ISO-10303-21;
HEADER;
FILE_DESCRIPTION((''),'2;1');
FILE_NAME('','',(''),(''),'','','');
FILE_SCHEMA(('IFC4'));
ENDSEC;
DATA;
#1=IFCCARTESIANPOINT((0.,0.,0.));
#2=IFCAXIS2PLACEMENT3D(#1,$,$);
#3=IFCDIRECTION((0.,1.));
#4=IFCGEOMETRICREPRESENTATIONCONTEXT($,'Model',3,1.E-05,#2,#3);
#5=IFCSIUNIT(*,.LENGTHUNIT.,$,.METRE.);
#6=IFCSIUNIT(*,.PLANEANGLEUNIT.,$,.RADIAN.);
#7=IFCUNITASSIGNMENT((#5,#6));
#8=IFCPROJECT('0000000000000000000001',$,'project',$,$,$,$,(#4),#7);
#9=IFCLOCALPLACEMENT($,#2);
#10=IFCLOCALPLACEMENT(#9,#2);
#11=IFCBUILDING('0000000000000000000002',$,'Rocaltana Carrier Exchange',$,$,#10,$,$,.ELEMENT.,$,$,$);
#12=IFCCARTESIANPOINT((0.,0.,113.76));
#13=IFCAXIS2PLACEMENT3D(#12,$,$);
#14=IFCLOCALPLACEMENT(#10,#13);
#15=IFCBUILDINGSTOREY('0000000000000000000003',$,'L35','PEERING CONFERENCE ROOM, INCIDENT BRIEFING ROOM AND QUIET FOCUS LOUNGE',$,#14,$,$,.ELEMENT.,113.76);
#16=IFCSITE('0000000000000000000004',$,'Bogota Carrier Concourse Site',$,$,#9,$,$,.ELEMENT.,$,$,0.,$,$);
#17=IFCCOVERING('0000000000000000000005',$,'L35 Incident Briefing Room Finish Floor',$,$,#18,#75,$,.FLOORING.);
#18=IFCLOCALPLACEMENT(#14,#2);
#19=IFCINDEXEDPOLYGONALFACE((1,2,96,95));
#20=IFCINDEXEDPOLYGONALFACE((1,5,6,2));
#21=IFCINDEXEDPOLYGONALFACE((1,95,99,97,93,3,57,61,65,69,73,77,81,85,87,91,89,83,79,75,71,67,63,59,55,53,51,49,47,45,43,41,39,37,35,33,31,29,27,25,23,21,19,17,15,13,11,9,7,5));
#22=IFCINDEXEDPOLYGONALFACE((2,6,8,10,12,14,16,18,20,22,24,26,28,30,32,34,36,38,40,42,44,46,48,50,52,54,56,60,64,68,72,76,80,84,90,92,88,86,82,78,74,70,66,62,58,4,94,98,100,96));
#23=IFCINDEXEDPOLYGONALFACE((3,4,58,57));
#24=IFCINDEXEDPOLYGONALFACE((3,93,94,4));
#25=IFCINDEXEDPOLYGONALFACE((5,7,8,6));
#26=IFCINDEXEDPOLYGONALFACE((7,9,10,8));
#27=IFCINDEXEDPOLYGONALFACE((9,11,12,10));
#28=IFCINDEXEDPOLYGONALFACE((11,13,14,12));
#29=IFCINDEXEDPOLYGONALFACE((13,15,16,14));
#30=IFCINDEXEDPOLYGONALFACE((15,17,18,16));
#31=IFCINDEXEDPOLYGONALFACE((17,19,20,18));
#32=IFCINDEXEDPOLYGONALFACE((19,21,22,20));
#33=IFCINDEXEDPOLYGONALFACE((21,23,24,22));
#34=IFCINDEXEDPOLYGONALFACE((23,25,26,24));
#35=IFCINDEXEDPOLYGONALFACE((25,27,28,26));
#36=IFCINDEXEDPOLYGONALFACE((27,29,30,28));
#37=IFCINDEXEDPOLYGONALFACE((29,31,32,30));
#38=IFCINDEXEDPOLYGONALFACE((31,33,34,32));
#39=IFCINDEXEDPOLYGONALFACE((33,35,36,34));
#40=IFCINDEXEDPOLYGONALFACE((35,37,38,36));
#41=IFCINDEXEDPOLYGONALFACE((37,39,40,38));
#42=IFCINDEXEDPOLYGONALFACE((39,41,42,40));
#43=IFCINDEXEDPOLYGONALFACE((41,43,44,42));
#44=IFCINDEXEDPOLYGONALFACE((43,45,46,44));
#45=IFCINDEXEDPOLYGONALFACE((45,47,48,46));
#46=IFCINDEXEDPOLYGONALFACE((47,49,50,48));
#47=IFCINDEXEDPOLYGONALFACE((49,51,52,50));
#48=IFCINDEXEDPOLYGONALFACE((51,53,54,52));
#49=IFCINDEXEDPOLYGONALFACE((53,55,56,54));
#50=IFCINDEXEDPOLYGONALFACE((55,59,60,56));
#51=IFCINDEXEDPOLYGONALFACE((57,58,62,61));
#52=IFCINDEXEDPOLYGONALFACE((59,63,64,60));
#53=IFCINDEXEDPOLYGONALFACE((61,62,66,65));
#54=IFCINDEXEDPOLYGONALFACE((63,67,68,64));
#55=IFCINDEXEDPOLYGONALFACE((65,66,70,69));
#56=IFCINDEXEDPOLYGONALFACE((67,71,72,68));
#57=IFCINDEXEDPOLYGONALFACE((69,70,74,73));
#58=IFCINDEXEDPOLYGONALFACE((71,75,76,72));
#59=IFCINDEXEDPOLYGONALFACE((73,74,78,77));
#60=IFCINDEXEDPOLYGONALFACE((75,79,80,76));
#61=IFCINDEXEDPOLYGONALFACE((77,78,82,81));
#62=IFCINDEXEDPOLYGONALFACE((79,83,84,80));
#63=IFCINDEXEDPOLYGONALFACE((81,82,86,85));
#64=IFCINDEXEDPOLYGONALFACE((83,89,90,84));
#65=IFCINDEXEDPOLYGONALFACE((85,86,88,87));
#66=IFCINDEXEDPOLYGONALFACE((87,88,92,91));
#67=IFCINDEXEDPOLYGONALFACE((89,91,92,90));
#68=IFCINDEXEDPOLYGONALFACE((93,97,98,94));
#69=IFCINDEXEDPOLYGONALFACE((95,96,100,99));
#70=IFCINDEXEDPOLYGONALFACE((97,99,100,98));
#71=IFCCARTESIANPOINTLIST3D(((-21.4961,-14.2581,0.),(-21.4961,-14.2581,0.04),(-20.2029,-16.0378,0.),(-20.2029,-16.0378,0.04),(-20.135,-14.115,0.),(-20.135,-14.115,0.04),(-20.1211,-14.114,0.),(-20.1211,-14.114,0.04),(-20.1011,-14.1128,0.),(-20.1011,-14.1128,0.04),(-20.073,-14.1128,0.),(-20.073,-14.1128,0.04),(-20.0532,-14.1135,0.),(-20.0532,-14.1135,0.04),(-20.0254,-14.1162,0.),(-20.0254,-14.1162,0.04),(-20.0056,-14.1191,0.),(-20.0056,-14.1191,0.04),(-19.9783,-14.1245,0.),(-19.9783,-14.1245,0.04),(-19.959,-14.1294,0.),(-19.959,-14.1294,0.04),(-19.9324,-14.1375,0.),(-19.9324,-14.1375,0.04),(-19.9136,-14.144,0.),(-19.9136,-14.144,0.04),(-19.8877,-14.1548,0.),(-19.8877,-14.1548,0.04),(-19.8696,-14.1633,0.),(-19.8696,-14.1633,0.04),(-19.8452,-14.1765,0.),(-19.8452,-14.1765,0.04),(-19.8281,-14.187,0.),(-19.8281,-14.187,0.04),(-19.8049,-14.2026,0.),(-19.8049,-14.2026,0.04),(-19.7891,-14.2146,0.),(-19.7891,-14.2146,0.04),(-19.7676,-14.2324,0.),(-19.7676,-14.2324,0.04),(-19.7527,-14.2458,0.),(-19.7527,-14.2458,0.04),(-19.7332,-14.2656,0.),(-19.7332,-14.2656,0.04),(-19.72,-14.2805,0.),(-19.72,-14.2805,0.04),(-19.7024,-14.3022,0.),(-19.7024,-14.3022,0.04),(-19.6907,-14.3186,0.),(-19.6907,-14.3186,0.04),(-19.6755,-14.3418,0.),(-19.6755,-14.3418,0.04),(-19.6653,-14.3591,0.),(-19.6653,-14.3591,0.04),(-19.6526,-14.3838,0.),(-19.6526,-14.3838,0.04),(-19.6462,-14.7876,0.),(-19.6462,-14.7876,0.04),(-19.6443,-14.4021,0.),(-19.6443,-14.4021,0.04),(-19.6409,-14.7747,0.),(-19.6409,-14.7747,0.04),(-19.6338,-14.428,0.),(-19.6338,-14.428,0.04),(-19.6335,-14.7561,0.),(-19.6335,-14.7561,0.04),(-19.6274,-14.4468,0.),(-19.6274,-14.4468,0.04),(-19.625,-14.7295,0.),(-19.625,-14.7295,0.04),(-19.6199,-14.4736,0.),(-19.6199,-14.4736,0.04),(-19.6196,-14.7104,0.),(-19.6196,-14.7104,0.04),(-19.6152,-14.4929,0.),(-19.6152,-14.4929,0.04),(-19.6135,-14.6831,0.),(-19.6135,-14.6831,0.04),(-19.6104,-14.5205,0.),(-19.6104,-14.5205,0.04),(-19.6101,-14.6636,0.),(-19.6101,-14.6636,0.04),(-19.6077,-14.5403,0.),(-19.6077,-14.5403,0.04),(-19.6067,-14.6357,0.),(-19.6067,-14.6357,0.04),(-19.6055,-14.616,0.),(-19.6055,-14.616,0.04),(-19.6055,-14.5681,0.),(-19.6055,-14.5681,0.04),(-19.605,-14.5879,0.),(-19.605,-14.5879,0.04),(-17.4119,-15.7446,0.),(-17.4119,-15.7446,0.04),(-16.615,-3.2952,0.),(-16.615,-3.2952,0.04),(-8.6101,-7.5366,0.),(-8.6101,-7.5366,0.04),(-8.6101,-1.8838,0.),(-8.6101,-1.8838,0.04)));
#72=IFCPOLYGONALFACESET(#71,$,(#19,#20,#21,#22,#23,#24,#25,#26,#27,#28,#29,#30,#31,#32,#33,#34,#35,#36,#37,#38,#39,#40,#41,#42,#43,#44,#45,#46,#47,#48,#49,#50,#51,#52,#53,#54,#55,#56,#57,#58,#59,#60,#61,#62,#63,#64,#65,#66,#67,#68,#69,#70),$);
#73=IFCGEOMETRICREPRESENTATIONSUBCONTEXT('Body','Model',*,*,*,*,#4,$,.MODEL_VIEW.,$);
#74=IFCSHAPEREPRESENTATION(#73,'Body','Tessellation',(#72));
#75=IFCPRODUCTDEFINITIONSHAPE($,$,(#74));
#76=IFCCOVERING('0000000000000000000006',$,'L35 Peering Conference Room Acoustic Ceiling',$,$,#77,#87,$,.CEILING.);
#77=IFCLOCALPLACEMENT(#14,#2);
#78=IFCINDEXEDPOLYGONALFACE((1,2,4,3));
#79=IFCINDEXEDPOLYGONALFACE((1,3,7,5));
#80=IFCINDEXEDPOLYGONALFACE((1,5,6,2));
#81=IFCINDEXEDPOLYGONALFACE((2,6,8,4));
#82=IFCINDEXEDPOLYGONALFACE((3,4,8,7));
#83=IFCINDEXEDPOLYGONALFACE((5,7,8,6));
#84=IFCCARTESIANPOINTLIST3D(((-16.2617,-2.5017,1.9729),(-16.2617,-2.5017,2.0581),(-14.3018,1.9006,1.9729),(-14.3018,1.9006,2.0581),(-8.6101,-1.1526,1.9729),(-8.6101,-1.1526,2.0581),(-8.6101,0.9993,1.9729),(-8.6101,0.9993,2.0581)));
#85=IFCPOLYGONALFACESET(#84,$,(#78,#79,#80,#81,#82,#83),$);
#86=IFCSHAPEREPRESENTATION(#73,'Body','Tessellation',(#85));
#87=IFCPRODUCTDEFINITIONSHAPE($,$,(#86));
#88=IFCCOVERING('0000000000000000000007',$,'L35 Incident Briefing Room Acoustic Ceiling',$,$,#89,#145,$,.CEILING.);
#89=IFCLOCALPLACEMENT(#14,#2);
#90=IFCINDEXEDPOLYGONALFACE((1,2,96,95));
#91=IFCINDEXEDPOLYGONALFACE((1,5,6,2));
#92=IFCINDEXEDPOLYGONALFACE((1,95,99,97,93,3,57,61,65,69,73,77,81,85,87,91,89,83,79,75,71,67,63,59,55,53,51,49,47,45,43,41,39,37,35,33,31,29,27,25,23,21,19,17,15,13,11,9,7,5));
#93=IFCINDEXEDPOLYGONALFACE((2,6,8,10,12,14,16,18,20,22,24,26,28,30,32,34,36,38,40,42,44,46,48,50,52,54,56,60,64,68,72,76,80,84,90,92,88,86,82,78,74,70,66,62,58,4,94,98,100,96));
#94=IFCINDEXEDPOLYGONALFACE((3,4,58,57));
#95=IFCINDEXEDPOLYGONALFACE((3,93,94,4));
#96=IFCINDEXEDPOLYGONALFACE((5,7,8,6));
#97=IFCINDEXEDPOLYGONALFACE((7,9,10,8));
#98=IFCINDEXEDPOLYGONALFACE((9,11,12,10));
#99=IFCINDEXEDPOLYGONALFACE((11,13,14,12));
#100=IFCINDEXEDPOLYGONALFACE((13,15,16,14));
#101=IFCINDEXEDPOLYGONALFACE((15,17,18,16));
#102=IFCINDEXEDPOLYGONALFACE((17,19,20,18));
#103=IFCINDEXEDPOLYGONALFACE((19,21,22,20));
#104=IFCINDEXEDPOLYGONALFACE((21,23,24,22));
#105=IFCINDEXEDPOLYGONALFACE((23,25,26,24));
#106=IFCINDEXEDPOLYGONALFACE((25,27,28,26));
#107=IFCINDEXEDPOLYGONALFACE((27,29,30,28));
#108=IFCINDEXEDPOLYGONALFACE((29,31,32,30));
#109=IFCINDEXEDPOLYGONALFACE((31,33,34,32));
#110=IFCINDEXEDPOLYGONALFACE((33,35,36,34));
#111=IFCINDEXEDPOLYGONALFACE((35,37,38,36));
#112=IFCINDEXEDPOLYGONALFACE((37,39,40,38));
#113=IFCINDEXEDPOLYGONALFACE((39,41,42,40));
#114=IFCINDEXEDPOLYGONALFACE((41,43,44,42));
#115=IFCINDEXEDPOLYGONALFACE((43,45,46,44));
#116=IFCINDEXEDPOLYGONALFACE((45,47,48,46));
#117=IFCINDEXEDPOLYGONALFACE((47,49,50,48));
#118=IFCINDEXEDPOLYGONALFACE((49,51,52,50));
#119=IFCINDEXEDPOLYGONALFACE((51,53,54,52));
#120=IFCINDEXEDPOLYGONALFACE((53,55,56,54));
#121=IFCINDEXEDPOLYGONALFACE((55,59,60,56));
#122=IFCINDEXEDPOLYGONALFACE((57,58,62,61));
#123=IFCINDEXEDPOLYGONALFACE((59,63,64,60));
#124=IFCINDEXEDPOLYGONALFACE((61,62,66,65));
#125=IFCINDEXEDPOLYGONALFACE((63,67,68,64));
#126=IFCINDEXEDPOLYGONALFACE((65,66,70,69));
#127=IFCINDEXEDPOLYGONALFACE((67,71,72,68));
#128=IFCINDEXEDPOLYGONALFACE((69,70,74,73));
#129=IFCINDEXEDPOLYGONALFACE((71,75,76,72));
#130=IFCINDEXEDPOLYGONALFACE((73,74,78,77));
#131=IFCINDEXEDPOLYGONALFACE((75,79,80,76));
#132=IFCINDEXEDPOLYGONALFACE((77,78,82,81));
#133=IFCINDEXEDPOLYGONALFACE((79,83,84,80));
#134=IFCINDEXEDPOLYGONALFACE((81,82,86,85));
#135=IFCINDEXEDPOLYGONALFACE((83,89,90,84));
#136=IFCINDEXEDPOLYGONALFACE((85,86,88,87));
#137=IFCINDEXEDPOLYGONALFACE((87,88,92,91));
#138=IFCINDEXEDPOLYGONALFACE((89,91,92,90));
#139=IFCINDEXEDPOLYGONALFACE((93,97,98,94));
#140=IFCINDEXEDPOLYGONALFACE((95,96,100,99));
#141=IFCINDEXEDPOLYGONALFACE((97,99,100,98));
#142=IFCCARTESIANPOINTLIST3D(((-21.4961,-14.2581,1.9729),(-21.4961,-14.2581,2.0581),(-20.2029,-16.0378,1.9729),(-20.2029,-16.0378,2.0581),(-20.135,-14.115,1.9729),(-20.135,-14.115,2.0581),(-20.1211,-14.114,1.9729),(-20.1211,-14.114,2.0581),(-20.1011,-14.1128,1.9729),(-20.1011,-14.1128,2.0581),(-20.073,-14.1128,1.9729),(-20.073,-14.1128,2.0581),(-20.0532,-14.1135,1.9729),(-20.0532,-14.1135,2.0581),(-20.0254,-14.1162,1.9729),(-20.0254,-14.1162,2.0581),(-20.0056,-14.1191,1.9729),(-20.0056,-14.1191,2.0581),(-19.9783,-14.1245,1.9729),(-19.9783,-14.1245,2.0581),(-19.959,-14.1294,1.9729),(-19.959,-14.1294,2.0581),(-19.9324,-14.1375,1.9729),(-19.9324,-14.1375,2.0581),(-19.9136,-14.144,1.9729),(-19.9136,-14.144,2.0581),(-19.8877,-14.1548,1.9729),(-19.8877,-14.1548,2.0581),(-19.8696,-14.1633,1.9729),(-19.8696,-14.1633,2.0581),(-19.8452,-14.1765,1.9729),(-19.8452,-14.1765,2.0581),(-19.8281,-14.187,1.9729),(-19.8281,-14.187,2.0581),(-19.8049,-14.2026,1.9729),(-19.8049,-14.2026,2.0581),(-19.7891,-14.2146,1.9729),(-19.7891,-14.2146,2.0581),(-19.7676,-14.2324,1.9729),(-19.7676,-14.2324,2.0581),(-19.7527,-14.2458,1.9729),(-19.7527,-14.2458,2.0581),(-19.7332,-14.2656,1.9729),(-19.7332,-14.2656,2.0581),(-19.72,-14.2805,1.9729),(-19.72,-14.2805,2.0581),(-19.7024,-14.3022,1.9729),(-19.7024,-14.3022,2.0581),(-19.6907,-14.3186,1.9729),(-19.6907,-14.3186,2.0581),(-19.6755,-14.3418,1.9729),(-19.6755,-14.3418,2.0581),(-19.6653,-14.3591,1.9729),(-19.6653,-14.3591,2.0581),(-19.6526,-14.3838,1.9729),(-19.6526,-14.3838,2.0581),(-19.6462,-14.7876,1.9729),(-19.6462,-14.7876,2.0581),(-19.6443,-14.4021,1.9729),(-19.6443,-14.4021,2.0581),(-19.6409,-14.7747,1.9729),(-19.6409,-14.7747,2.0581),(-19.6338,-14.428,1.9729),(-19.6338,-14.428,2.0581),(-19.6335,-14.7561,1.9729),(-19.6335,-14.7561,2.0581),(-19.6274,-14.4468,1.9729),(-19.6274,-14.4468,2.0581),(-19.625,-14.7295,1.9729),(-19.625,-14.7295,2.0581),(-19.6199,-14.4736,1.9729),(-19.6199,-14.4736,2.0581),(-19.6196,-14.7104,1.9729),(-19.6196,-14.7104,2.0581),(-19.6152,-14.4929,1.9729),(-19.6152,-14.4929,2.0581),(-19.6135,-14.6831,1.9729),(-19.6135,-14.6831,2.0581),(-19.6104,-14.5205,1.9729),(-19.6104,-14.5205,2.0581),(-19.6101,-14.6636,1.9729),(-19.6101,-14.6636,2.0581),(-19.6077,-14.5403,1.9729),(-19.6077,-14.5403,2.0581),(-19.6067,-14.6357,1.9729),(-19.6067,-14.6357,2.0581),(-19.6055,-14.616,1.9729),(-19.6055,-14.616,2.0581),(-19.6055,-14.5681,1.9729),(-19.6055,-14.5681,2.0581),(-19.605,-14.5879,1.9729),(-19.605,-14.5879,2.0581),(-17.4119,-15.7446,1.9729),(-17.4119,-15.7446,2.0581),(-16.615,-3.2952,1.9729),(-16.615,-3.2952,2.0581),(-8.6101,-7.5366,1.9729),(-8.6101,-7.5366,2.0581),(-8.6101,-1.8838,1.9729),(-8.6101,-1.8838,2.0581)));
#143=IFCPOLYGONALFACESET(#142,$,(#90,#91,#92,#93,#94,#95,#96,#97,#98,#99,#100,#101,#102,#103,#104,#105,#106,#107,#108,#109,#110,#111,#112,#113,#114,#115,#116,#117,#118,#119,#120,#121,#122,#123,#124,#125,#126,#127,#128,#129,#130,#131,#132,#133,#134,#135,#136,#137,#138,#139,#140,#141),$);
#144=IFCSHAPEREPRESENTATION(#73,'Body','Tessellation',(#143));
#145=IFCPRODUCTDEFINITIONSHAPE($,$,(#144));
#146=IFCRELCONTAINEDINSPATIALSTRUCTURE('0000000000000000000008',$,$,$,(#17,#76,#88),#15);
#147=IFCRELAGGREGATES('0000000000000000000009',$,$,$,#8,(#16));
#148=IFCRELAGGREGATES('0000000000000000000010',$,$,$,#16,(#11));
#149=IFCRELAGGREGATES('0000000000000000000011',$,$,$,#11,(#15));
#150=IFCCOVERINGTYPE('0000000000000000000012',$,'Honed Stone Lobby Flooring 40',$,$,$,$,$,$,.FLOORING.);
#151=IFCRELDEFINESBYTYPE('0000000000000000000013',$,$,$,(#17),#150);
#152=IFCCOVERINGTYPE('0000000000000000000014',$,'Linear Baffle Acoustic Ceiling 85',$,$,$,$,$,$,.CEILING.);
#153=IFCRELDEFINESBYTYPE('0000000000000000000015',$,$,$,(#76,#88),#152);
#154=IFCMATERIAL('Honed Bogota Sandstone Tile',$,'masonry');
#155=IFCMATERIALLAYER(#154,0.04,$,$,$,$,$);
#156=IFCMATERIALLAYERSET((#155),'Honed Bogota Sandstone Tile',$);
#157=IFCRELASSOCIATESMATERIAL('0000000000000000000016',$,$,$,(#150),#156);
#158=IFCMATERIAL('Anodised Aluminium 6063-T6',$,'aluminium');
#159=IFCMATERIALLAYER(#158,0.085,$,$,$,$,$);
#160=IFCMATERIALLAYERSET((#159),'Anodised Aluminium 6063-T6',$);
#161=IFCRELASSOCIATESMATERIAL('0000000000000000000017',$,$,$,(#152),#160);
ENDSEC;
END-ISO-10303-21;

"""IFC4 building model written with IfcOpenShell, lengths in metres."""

from ifc_helpers import new_model, si_unit, direction, frame, origin, place, context, subcontext, project, spatial, polyline, outline, extrude, material, layer, layer_set, type_object, element, save


model = new_model("IFC4")

# Units and contexts
model_context = context("Model", 3, precision=1e-05, world=origin(), true_north=direction((0.0, 1.0)))
body_context = subcontext(model_context, "Body", "Model", "MODEL_VIEW")
ifc_project = project(units=[si_unit("LENGTHUNIT", "METRE"), si_unit("PLANEANGLEUNIT", "RADIAN")], contexts=[model_context])

# Site, building, storey
site_placement = place(None, origin())
site = spatial("IfcSite", under=ifc_project, at=site_placement, Name="Bogota Carrier Concourse Site", CompositionType="ELEMENT", RefElevation=0.0)
building_placement = place(site_placement, origin())
building = spatial("IfcBuilding", under=site, at=building_placement, Name="Rocaltana Carrier Exchange", CompositionType="ELEMENT")
storey_placement = place(building_placement, frame((0.0, 0.0, 113.76)))
storey = spatial("IfcBuildingStorey", under=building, at=storey_placement, Name="L35", Description="PEERING CONFERENCE ROOM, INCIDENT BRIEFING ROOM AND QUIET FOCUS LOUNGE", CompositionType="ELEMENT", Elevation=113.76)

# Coverings
ifc_material_1 = material(Name="Honed Bogota Sandstone Tile", Category="masonry")
ifc_layer_1 = layer(ifc_material_1, 0.04)
ifc_layer_set_1 = layer_set([ifc_layer_1], Name="Honed Bogota Sandstone Tile")
covering_type_1 = type_object("IfcCoveringType", Name="Honed Stone Lobby Flooring 40", PredefinedType="FLOORING", material=ifc_layer_set_1)
covering_1_placement = place(storey_placement, origin())
element("IfcCovering", 1, at=covering_1_placement, inside=storey, type_object=covering_type_1, Name="L35 Incident Briefing Room Finish Floor", PredefinedType="FLOORING", context=body_context, shape_type="SweptSolid", body=[
    extrude(outline(polyline([(-19.6462, -14.7876), (-19.6409, -14.7747), (-19.6335, -14.7561), (-19.625, -14.7295), (-19.6196, -14.7104), (-19.6135, -14.6831), (-19.6101, -14.6636), (-19.6067, -14.6357), (-19.6055, -14.616), (-19.605, -14.5879), (-19.6055, -14.5681), (-19.6077, -14.5403), (-19.6104, -14.5205), (-19.6152, -14.4929), (-19.6199, -14.4736), (-19.6274, -14.4468), (-19.6338, -14.428), (-19.6443, -14.4021), (-19.6526, -14.3838), (-19.6653, -14.3591), (-19.6755, -14.3418), (-19.6907, -14.3186), (-19.7024, -14.3022), (-19.72, -14.2805), (-19.7332, -14.2656), (-19.7527, -14.2458), (-19.7676, -14.2324), (-19.7891, -14.2146), (-19.8049, -14.2026), (-19.8281, -14.187), (-19.8452, -14.1765), (-19.8696, -14.1633), (-19.8877, -14.1548), (-19.9136, -14.144), (-19.9324, -14.1375), (-19.959, -14.1294), (-19.9783, -14.1245), (-20.0056, -14.1191), (-20.0254, -14.1162), (-20.0532, -14.1135), (-20.073, -14.1128), (-20.1011, -14.1128), (-20.1211, -14.114), (-20.135, -14.115), (-21.4961, -14.2581), (-16.615, -3.2952), (-8.6101, -1.8838), (-8.6101, -7.5366), (-17.4119, -15.7446), (-20.2029, -16.0378), (-19.6462, -14.7876)])), origin(), (0.0, 0.0, 1.0), 0.04),
])
ifc_material_2 = material(Name="Anodised Aluminium 6063-T6", Category="aluminium")
ifc_layer_2 = layer(ifc_material_2, 0.085)
ifc_layer_set_2 = layer_set([ifc_layer_2], Name="Anodised Aluminium 6063-T6")
covering_type_2 = type_object("IfcCoveringType", Name="Linear Baffle Acoustic Ceiling 85", PredefinedType="CEILING", material=ifc_layer_set_2)
covering_2_placement = place(storey_placement, frame((0.0, 0.0, 1.9729)))
element("IfcCovering", 2, at=covering_2_placement, inside=storey, type_object=covering_type_2, Name="L35 Peering Conference Room Acoustic Ceiling", PredefinedType="CEILING", context=body_context, shape_type="SweptSolid", body=[
    extrude(outline(polyline([(-14.3018, 1.9006), (-8.6101, 0.9993), (-8.6101, -1.1526), (-16.2617, -2.5017), (-14.3018, 1.9006)])), origin(), (0.0, 0.0, 1.0), 0.0852),
])
covering_3_placement = place(storey_placement, frame((0.0, 0.0, 1.9729)))
element("IfcCovering", 3, at=covering_3_placement, inside=storey, type_object=covering_type_2, Name="L35 Incident Briefing Room Acoustic Ceiling", PredefinedType="CEILING", context=body_context, shape_type="SweptSolid", body=[
    extrude(outline(polyline([(-19.6462, -14.7876), (-19.6409, -14.7747), (-19.6335, -14.7561), (-19.625, -14.7295), (-19.6196, -14.7104), (-19.6135, -14.6831), (-19.6101, -14.6636), (-19.6067, -14.6357), (-19.6055, -14.616), (-19.605, -14.5879), (-19.6055, -14.5681), (-19.6077, -14.5403), (-19.6104, -14.5205), (-19.6152, -14.4929), (-19.6199, -14.4736), (-19.6274, -14.4468), (-19.6338, -14.428), (-19.6443, -14.4021), (-19.6526, -14.3838), (-19.6653, -14.3591), (-19.6755, -14.3418), (-19.6907, -14.3186), (-19.7024, -14.3022), (-19.72, -14.2805), (-19.7332, -14.2656), (-19.7527, -14.2458), (-19.7676, -14.2324), (-19.7891, -14.2146), (-19.8049, -14.2026), (-19.8281, -14.187), (-19.8452, -14.1765), (-19.8696, -14.1633), (-19.8877, -14.1548), (-19.9136, -14.144), (-19.9324, -14.1375), (-19.959, -14.1294), (-19.9783, -14.1245), (-20.0056, -14.1191), (-20.0254, -14.1162), (-20.0532, -14.1135), (-20.073, -14.1128), (-20.1011, -14.1128), (-20.1211, -14.114), (-20.135, -14.115), (-21.4961, -14.2581), (-16.615, -3.2952), (-8.6101, -1.8838), (-8.6101, -7.5366), (-17.4119, -15.7446), (-20.2029, -16.0378), (-19.6462, -14.7876)])), origin(), (0.0, 0.0, 1.0), 0.0852),
])

save(model, "model.ifc")
